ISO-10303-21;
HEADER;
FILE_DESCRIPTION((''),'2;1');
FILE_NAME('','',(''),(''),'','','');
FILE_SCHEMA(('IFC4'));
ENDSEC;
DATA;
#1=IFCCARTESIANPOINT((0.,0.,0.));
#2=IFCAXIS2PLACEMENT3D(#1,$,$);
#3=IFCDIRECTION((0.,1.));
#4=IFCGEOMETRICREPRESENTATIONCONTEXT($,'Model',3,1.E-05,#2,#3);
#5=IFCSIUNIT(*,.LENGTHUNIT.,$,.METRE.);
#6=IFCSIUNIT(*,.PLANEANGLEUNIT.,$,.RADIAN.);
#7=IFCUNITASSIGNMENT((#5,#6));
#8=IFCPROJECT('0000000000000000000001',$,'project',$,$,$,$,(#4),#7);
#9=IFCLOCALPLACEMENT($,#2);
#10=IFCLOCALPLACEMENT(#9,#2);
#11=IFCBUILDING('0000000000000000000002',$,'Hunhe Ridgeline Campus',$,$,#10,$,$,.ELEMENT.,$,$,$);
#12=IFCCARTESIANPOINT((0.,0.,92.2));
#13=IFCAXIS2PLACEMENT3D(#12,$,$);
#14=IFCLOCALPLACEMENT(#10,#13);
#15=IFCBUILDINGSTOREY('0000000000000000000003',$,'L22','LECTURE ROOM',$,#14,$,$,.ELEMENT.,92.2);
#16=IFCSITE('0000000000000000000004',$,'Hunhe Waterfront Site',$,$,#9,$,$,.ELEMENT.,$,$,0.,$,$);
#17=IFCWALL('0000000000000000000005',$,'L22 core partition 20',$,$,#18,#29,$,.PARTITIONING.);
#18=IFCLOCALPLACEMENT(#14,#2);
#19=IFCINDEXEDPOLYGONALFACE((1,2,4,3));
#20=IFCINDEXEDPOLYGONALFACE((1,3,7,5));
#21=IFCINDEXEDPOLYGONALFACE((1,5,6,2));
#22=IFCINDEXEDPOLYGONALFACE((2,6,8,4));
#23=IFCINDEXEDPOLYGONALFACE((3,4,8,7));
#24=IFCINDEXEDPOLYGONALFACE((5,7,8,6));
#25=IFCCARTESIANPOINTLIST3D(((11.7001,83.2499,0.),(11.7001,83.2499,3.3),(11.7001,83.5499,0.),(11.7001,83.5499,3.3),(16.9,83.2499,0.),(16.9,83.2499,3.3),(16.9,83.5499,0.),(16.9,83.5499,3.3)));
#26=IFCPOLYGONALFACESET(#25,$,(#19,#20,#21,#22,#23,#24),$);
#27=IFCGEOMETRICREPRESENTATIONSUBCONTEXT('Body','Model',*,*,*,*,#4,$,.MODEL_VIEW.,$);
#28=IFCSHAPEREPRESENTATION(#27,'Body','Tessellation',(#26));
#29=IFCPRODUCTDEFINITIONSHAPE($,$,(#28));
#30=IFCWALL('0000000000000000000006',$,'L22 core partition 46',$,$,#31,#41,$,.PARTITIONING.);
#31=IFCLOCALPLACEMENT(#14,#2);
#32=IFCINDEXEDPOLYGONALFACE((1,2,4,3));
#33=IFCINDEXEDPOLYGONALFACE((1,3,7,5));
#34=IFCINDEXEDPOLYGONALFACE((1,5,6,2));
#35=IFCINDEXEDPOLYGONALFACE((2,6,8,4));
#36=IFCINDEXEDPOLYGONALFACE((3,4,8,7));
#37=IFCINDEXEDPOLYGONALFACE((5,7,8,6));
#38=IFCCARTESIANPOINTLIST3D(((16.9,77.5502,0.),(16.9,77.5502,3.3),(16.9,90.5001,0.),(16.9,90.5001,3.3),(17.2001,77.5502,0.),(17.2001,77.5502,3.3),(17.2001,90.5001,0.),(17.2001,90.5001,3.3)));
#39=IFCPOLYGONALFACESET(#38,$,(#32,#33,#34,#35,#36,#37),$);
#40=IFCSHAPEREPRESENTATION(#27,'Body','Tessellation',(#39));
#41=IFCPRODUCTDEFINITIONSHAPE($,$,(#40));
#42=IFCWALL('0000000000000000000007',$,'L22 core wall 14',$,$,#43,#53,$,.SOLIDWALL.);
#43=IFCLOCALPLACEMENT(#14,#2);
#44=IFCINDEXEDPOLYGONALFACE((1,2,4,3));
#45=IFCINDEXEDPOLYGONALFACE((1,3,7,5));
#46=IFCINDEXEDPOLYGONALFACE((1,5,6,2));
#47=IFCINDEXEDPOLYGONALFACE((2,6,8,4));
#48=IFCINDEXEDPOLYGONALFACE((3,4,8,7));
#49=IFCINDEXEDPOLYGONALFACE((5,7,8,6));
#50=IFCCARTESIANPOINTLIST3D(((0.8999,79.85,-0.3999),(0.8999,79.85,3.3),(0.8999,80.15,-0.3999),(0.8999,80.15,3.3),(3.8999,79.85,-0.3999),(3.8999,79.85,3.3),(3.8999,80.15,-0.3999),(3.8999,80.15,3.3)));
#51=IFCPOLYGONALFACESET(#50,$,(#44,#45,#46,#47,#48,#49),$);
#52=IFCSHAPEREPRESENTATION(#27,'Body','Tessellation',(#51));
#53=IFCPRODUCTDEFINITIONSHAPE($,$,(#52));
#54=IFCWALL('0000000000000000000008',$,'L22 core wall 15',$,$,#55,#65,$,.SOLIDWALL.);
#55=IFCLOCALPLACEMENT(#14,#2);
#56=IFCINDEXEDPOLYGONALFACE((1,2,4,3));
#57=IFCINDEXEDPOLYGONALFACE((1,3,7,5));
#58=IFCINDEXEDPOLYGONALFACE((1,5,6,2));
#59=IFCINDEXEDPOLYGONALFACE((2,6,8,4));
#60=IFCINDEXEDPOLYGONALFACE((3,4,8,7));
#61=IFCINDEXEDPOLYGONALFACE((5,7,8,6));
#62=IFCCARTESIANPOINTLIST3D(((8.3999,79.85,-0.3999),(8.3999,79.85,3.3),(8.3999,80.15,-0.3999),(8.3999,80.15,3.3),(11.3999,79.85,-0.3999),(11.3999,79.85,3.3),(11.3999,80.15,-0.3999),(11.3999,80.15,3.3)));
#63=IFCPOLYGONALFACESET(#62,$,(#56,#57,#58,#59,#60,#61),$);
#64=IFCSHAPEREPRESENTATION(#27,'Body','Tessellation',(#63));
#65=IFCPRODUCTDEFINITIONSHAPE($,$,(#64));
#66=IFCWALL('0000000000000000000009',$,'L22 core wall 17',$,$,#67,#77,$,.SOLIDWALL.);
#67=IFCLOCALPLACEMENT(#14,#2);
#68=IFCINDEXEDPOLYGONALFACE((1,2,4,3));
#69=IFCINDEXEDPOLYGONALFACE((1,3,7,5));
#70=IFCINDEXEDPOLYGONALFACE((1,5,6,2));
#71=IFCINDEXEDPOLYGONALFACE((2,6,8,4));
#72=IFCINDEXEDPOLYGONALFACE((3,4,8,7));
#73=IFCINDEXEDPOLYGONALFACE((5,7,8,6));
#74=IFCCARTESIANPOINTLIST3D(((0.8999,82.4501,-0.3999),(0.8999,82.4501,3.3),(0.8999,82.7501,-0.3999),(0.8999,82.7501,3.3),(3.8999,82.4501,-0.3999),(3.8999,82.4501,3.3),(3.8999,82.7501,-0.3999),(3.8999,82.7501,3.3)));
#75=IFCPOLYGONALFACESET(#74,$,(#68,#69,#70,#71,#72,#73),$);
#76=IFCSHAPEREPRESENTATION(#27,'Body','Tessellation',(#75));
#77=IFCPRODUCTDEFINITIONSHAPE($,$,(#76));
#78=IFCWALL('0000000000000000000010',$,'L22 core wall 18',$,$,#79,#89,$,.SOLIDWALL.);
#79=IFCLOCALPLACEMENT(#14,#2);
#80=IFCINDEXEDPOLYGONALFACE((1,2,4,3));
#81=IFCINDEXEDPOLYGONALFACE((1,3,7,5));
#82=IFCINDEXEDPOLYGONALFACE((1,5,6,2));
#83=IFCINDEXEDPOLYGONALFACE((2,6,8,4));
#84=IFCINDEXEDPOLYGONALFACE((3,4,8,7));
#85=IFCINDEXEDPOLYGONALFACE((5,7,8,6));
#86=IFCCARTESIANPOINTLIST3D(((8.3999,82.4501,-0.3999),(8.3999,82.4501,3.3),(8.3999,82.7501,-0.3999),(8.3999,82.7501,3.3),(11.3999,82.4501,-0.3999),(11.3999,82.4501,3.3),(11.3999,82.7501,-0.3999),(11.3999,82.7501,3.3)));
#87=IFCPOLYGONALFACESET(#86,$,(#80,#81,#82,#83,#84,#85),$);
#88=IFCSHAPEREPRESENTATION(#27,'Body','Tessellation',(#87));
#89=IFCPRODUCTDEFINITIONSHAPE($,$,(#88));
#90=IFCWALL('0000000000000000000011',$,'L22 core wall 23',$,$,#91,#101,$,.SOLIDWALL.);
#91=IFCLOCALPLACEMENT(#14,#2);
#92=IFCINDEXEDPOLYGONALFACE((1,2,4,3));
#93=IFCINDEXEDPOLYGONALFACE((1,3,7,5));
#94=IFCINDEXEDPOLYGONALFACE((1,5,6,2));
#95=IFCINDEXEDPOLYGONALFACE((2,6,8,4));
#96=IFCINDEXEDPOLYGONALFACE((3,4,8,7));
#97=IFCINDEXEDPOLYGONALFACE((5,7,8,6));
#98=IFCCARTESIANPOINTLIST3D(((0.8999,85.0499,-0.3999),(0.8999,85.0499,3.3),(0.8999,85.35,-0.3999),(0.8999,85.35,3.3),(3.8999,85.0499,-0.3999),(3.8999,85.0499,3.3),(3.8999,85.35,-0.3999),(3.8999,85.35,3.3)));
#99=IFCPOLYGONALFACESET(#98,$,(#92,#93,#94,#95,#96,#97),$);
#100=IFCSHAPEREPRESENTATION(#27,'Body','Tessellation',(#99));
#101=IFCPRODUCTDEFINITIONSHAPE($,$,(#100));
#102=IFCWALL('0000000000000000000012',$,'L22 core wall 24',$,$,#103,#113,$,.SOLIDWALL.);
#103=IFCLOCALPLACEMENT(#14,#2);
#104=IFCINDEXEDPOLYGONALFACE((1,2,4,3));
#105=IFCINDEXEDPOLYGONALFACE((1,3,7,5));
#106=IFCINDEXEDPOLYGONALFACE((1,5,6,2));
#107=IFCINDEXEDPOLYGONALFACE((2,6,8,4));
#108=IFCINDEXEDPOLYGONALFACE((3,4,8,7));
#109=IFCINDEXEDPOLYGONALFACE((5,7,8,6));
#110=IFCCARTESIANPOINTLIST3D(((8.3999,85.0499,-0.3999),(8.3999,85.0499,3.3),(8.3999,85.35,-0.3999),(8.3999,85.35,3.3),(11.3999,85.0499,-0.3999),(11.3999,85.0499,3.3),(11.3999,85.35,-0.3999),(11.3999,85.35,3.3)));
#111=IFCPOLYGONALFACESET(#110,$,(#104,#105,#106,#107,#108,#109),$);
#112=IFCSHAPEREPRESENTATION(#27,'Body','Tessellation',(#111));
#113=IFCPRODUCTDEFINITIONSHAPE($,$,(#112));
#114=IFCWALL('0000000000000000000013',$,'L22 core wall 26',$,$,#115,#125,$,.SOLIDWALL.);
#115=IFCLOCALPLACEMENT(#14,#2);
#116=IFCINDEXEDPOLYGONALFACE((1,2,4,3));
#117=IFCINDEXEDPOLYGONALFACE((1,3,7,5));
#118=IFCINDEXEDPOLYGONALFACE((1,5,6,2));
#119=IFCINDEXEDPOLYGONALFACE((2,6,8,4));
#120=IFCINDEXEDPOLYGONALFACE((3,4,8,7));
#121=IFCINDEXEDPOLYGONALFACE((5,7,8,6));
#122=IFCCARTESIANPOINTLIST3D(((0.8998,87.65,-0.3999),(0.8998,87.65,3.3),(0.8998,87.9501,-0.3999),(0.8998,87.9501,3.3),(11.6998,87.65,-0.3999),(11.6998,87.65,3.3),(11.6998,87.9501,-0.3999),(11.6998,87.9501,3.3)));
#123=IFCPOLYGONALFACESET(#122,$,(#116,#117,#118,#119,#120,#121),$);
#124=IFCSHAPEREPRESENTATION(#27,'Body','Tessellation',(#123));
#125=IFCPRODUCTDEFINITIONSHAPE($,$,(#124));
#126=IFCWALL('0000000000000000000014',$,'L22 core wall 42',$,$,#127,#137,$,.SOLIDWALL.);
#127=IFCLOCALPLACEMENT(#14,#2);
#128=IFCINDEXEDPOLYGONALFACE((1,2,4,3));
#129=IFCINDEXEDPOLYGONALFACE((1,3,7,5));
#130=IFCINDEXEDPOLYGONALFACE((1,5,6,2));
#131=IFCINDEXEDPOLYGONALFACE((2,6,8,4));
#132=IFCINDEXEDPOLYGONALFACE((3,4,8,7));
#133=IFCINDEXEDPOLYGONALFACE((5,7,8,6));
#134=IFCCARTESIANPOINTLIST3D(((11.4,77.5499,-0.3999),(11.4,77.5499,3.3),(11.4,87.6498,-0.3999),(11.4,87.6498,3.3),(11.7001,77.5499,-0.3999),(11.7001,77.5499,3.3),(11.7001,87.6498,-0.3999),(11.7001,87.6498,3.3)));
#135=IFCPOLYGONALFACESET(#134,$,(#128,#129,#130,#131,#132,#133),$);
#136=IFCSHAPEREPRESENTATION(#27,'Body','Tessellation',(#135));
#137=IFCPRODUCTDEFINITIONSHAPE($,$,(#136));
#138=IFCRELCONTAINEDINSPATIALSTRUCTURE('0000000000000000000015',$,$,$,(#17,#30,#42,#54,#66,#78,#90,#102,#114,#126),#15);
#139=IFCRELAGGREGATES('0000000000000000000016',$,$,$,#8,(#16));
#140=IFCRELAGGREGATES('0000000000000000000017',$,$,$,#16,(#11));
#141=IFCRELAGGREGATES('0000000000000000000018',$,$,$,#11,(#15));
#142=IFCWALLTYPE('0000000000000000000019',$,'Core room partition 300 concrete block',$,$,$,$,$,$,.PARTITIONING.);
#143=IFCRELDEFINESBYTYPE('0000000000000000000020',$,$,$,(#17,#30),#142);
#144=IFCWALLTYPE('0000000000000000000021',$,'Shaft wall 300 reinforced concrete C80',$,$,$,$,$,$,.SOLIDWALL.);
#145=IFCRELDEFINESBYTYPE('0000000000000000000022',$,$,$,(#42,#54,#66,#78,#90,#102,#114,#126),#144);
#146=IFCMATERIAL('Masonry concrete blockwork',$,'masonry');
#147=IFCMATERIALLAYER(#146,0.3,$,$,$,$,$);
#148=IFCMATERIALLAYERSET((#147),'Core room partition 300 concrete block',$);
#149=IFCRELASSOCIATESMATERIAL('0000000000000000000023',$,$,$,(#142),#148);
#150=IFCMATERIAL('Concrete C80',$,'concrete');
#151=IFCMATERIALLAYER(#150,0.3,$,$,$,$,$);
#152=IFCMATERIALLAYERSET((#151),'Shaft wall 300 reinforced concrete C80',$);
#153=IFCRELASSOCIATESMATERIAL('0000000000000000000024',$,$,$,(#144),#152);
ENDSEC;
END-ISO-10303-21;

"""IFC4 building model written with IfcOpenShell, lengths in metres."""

from ifc_helpers import new_model, si_unit, direction, frame, frame_2d, origin, place, context, subcontext, project, spatial, rectangle, extrude, material, layer, layer_set, type_object, element, save


model = new_model("IFC4")

# Units and contexts
model_context = context("Model", 3, precision=1e-05, world=origin(), true_north=direction((0.0, 1.0)))
body_context = subcontext(model_context, "Body", "Model", "MODEL_VIEW")
ifc_project = project(units=[si_unit("LENGTHUNIT", "METRE"), si_unit("PLANEANGLEUNIT", "RADIAN")], contexts=[model_context])

# Site, building, storey
site_placement = place(None, origin())
site = spatial("IfcSite", under=ifc_project, at=site_placement, Name="Hunhe Waterfront Site", CompositionType="ELEMENT", RefElevation=0.0)
building_placement = place(site_placement, origin())
building = spatial("IfcBuilding", under=site, at=building_placement, Name="Hunhe Ridgeline Campus", CompositionType="ELEMENT")
storey_placement = place(building_placement, frame((0.0, 0.0, 92.2)))
storey = spatial("IfcBuildingStorey", under=building, at=storey_placement, Name="L22", Description="LECTURE ROOM", CompositionType="ELEMENT", Elevation=92.2)

# Walls
ifc_material_1 = material(Name="Masonry concrete blockwork", Category="masonry")
ifc_layer_1 = layer(ifc_material_1, 0.3)
ifc_layer_set_1 = layer_set([ifc_layer_1], Name="Core room partition 300 concrete block")
wall_type_1 = type_object("IfcWallType", Name="Core room partition 300 concrete block", PredefinedType="PARTITIONING", material=ifc_layer_set_1)
wall_1_placement = place(storey_placement, frame((11.7, 83.3999, 0.0), z_axis=(0.0, 0.0, 1.0), x_axis=(1.0, 0.0, 0.0)))
element("IfcWall", 1, at=wall_1_placement, inside=storey, type_object=wall_type_1, Name="L22 core partition 20", PredefinedType="PARTITIONING", context=body_context, shape_type="SweptSolid", body=[
    extrude(rectangle(XDim=5.2, YDim=0.3, at=frame_2d((2.6001, 0.0))), origin(), (0.0, 0.0, 1.0), 3.3),
])
wall_2_placement = place(storey_placement, frame((17.05, 77.55, 0.0), z_axis=(0.0, 0.0, 1.0), x_axis=(0.0, 1.0, 0.0)))
element("IfcWall", 2, at=wall_2_placement, inside=storey, type_object=wall_type_1, Name="L22 core partition 46", PredefinedType="PARTITIONING", context=body_context, shape_type="SweptSolid", body=[
    extrude(rectangle(XDim=12.95, YDim=0.3, at=frame_2d((6.4751, 0.0))), origin(), (0.0, 0.0, 1.0), 3.3),
])

# Shared definitions
ifc_material_2 = material(Name="Concrete C80", Category="concrete")
ifc_layer_2 = layer(ifc_material_2, 0.3)
ifc_layer_set_2 = layer_set([ifc_layer_2], Name="Shaft wall 300 reinforced concrete C80")
wall_type_2 = type_object("IfcWallType", Name="Shaft wall 300 reinforced concrete C80", PredefinedType="SOLIDWALL", material=ifc_layer_set_2)

# Walls
for number, where, z_axis, x_axis, name in (
    (3, (0.8999, 80.0, -0.3999), (0.0, 0.0, 1.0), (1.0, 0.0, 0.0), "L22 core wall 14"),
    (4, (8.3999, 80.0, -0.3999), (0.0, 0.0, 1.0), (1.0, 0.0, 0.0), "L22 core wall 15"),
    (5, (0.8999, 82.6001, -0.3999), (0.0, 0.0, 1.0), (1.0, 0.0, 0.0), "L22 core wall 17"),
    (6, (8.3999, 82.6001, -0.3999), (0.0, 0.0, 1.0), (1.0, 0.0, 0.0), "L22 core wall 18"),
    (7, (0.8999, 85.2, -0.3999), (0.0, 0.0, 1.0), (1.0, 0.0, 0.0), "L22 core wall 23"),
    (8, (8.3999, 85.2, -0.3999), (0.0, 0.0, 1.0), (1.0, 0.0, 0.0), "L22 core wall 24"),
):
    element("IfcWall", number, at=place(storey_placement, frame(where, z_axis=z_axis, x_axis=x_axis)), inside=storey, type_object=wall_type_2, Name=name, PredefinedType="SOLIDWALL", context=body_context, shape_type="SweptSolid", body=[
        extrude(rectangle(XDim=3.0, YDim=0.3, at=frame_2d((1.5, 0.0))), origin(), (0.0, 0.0, 1.0), 3.7),
    ])
wall_3_placement = place(storey_placement, frame((0.8999, 87.8, -0.3999), z_axis=(0.0, 0.0, 1.0), x_axis=(1.0, 0.0, 0.0)))
element("IfcWall", 9, at=wall_3_placement, inside=storey, type_object=wall_type_2, Name="L22 core wall 26", PredefinedType="SOLIDWALL", context=body_context, shape_type="SweptSolid", body=[
    extrude(rectangle(XDim=10.8, YDim=0.3, at=frame_2d((5.3999, 0.0))), origin(), (0.0, 0.0, 1.0), 3.7),
])

# Wall
wall_4_placement = place(storey_placement, frame((11.55, 77.55, -0.3999), z_axis=(0.0, 0.0, 1.0), x_axis=(0.0, 1.0, 0.0)))
element("IfcWall", 10, at=wall_4_placement, inside=storey, type_object=wall_type_2, Name="L22 core wall 42", PredefinedType="SOLIDWALL", context=body_context, shape_type="SweptSolid", body=[
    extrude(rectangle(XDim=10.0999, YDim=0.3, at=frame_2d((5.0498, 0.0))), origin(), (0.0, 0.0, 1.0), 3.7),
])

save(model, "model.ifc")
